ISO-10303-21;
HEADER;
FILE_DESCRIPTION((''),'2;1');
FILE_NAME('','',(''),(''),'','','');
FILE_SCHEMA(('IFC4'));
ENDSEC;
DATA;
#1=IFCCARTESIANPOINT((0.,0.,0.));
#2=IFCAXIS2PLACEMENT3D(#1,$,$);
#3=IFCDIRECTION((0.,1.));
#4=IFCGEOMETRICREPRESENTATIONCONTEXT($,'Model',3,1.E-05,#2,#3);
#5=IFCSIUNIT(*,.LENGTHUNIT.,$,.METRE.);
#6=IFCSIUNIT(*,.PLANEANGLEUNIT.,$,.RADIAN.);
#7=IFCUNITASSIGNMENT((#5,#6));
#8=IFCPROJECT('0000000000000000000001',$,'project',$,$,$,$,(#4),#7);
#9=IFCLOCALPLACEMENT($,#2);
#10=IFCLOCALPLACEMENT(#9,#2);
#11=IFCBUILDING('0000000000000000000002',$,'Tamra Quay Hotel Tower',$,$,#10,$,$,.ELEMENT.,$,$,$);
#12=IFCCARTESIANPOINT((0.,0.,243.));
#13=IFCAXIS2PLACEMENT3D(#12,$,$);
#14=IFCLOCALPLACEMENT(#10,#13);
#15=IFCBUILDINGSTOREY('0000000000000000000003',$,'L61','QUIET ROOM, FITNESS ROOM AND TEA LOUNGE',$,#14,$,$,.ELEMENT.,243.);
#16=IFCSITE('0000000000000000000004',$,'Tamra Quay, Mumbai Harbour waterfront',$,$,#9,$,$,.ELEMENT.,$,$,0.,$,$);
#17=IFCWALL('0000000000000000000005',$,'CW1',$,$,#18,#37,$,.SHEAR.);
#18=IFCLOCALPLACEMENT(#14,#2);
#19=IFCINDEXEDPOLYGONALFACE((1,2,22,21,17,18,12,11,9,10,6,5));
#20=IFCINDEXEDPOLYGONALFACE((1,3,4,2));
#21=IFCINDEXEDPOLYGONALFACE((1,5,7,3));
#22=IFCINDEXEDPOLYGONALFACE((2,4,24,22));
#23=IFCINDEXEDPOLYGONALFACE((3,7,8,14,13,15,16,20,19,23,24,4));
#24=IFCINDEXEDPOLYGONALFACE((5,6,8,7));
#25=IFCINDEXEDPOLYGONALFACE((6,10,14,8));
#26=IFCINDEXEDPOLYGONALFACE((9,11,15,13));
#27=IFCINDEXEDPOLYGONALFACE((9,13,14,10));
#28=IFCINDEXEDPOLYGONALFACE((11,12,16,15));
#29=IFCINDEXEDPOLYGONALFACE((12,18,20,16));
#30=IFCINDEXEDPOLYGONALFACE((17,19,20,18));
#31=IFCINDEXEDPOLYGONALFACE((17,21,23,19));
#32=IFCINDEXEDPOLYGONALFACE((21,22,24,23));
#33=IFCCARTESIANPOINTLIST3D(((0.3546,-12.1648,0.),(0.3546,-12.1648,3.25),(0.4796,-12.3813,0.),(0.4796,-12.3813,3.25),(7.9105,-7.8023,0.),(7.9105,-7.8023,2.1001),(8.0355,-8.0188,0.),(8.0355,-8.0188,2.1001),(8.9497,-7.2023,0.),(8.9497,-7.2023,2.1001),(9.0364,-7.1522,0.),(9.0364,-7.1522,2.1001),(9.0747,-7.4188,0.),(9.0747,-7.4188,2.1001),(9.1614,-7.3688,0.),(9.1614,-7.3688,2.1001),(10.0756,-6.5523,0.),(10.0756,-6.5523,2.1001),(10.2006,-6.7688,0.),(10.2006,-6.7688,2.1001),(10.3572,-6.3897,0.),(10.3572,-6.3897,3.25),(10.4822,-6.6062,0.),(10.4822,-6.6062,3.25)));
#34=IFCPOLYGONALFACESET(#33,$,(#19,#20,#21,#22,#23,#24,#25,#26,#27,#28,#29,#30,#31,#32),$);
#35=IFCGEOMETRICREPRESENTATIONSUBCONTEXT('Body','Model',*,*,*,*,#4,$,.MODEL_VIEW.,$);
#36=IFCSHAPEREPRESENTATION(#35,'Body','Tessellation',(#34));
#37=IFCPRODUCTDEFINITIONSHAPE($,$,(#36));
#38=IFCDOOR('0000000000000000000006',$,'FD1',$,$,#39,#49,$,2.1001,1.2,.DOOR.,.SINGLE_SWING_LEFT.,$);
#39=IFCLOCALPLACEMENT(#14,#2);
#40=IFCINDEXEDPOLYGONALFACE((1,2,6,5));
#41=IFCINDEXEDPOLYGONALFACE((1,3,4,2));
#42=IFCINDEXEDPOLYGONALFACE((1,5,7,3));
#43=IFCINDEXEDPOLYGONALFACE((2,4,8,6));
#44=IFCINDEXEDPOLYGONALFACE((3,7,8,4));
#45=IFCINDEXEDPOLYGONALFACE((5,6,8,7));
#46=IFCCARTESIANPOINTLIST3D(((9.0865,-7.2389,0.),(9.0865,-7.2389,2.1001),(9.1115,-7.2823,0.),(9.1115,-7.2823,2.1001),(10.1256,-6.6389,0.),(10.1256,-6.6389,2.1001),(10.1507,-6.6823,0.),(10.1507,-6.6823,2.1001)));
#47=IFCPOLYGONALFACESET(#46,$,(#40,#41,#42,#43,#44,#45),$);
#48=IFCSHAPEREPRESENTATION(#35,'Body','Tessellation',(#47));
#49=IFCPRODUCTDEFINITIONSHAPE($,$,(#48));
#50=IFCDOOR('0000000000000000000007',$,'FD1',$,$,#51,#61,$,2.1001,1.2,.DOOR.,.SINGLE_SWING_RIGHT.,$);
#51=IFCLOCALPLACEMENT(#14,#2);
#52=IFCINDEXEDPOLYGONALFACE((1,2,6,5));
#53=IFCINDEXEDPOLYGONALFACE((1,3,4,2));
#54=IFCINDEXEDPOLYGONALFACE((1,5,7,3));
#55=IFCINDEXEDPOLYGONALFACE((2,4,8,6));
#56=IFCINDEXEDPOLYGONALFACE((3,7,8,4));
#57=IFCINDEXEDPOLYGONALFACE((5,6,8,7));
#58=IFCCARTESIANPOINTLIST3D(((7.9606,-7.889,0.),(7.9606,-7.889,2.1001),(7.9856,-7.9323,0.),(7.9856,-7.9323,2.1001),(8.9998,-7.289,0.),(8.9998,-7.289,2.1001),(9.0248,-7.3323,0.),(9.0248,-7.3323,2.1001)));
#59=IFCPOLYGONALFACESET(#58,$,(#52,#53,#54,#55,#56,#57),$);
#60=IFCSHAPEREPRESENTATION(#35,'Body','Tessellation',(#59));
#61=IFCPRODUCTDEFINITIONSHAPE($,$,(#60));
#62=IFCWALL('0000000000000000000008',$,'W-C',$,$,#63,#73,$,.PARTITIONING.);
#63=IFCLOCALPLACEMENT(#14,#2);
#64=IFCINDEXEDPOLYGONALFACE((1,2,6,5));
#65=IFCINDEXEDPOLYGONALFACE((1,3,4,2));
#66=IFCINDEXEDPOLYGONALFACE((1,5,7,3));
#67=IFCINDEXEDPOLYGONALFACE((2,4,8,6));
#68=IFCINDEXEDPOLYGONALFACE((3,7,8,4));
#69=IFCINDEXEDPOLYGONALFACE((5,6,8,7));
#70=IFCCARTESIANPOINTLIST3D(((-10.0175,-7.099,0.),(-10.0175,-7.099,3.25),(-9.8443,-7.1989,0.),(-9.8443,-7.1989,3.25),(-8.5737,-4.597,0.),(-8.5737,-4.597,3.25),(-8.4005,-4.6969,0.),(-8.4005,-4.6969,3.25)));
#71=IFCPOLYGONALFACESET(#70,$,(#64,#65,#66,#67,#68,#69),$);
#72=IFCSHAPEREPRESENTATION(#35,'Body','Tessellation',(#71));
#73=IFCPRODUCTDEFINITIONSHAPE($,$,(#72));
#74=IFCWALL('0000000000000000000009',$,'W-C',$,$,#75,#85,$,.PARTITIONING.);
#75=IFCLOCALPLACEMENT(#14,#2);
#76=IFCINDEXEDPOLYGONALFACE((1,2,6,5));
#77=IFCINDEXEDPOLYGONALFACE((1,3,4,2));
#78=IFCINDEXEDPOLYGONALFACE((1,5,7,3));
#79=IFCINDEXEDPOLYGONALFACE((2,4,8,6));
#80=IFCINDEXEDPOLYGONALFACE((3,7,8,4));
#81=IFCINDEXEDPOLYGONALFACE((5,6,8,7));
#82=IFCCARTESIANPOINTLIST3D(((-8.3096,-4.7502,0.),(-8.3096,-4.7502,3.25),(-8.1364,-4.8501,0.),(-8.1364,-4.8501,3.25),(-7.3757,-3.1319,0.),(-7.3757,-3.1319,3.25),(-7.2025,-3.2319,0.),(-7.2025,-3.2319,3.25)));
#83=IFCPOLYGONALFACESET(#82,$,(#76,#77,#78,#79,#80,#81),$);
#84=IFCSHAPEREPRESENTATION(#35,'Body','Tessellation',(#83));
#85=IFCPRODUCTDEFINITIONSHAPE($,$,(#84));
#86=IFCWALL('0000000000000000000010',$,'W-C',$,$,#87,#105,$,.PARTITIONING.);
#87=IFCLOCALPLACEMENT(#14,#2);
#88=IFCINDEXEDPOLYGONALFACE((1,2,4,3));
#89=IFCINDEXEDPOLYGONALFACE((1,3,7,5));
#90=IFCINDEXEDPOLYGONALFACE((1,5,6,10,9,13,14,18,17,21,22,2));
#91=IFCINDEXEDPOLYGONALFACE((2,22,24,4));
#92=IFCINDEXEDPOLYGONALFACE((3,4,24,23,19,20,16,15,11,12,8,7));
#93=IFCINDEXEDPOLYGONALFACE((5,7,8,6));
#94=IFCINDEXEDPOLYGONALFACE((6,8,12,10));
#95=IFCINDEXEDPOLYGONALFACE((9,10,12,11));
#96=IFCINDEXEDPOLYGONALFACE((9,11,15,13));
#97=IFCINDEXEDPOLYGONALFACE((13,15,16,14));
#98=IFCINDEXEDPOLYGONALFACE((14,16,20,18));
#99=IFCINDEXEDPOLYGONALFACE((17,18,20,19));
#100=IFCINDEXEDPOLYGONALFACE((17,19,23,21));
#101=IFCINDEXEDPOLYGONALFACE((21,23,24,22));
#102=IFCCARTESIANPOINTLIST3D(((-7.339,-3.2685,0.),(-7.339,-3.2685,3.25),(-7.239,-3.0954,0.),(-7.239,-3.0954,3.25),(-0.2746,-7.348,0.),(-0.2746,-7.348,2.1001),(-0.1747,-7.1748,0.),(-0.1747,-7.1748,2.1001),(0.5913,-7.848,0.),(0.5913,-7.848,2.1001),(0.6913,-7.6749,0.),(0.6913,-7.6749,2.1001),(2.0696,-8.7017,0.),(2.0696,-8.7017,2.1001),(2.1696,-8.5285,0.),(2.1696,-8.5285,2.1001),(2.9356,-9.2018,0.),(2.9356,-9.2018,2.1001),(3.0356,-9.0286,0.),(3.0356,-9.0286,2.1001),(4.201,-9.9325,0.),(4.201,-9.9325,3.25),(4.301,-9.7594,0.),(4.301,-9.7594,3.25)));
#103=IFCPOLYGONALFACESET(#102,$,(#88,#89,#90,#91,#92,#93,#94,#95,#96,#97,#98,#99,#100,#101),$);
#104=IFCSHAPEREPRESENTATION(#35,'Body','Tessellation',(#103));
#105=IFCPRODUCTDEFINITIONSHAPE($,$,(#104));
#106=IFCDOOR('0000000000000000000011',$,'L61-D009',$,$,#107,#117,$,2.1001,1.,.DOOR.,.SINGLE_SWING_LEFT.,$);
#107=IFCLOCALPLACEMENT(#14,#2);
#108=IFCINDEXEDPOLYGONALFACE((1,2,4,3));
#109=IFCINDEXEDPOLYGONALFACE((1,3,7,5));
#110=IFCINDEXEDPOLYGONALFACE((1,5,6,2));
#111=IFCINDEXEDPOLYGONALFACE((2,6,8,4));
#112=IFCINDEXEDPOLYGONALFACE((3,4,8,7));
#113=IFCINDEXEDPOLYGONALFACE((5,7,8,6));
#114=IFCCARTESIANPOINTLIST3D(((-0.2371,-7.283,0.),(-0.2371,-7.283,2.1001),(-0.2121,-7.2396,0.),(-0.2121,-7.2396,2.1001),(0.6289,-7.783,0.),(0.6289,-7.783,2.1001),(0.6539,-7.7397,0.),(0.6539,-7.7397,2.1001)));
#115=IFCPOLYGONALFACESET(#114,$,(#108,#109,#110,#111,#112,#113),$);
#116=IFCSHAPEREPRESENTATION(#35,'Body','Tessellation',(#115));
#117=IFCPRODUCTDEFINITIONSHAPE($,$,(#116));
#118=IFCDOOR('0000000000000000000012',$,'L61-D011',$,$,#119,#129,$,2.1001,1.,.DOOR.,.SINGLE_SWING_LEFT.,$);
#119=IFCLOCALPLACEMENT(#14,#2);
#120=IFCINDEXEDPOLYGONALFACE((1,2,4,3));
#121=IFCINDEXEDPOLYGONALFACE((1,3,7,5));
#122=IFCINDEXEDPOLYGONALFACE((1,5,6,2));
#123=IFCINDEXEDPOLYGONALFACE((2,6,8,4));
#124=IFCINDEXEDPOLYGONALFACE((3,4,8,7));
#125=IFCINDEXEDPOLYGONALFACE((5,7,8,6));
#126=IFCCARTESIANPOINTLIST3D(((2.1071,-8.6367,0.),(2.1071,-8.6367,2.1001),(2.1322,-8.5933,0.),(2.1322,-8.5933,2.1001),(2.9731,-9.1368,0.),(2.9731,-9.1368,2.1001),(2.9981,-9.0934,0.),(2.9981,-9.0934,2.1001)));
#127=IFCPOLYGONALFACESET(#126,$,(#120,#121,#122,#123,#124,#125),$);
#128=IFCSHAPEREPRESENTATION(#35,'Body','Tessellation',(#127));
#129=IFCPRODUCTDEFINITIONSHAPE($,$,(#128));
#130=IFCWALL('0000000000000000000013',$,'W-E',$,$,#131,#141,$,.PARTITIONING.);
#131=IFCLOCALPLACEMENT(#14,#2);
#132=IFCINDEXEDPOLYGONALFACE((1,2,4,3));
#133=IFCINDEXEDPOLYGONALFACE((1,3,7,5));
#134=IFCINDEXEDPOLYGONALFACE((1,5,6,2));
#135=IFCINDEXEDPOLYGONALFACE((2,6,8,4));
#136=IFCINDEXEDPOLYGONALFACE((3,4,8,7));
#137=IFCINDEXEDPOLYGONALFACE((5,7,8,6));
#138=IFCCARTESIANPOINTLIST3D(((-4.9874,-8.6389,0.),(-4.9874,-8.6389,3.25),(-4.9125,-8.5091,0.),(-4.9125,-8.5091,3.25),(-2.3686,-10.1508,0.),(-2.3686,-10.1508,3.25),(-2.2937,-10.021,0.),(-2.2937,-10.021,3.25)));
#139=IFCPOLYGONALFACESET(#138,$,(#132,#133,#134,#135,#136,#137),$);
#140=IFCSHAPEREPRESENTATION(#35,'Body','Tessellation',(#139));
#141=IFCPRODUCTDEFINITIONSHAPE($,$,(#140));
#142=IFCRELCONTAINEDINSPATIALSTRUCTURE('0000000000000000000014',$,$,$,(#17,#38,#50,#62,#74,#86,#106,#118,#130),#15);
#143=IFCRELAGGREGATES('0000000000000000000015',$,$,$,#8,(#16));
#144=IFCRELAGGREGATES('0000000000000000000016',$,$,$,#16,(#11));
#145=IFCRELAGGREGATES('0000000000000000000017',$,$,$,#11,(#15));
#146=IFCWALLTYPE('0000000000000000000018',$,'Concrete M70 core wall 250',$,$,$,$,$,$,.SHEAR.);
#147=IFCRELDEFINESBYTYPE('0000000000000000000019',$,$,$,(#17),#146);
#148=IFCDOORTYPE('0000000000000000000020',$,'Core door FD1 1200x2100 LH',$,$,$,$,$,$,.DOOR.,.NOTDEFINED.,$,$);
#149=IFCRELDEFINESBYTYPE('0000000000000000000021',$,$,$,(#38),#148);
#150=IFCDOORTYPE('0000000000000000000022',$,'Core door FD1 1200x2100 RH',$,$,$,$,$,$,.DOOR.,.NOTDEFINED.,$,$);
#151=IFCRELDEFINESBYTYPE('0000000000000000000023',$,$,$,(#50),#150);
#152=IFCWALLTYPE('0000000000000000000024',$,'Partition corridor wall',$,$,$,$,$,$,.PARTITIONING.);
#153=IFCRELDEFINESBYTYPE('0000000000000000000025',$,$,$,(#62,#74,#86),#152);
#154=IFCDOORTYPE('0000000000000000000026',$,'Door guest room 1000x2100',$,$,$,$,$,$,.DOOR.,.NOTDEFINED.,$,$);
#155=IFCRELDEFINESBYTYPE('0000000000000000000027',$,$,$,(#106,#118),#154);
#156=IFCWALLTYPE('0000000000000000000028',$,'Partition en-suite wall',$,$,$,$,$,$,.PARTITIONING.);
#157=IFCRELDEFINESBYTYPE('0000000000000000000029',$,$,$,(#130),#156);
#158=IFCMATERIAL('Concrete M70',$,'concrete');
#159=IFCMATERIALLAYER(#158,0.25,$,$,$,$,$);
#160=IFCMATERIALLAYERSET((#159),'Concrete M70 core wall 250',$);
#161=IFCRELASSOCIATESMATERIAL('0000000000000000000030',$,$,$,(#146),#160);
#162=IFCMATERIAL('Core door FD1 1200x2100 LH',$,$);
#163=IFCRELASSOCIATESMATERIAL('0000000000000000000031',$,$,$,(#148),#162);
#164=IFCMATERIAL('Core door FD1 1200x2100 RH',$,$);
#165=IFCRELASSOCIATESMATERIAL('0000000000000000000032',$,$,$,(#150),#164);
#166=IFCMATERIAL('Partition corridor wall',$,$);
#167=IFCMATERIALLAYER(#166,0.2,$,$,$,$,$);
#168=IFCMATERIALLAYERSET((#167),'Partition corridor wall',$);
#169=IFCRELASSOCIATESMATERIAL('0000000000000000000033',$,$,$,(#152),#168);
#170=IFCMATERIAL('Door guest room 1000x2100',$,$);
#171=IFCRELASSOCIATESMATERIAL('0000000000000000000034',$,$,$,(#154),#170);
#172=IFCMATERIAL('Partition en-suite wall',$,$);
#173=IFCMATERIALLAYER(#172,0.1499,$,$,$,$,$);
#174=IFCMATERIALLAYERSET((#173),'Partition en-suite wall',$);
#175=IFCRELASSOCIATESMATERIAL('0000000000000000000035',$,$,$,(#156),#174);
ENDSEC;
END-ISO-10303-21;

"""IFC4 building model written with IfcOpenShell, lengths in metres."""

from ifc_helpers import new_model, si_unit, direction, frame, frame_2d, origin, place, context, subcontext, project, spatial, rectangle, extrude, material, layer, layer_set, type_object, element, fill, save


model = new_model("IFC4")

# Units and contexts
model_context = context("Model", 3, precision=1e-05, world=origin(), true_north=direction((0.0, 1.0)))
body_context = subcontext(model_context, "Body", "Model", "MODEL_VIEW")
ifc_project = project(units=[si_unit("LENGTHUNIT", "METRE"), si_unit("PLANEANGLEUNIT", "RADIAN")], contexts=[model_context])

# Site, building, storey
site_placement = place(None, origin())
site = spatial("IfcSite", under=ifc_project, at=site_placement, Name="Tamra Quay, Mumbai Harbour waterfront", CompositionType="ELEMENT", RefElevation=0.0)
building_placement = place(site_placement, origin())
building = spatial("IfcBuilding", under=site, at=building_placement, Name="Tamra Quay Hotel Tower", CompositionType="ELEMENT")
storey_placement = place(building_placement, frame((0.0, 0.0, 243.0)))
storey = spatial("IfcBuildingStorey", under=building, at=storey_placement, Name="L61", Description="QUIET ROOM, FITNESS ROOM AND TEA LOUNGE", CompositionType="ELEMENT", Elevation=243.0)

# Shared definitions
ifc_material_1 = material(Name="Concrete M70", Category="concrete")

# Shared definitions
ifc_layer_1 = layer(ifc_material_1, 0.25)
ifc_layer_set_1 = layer_set([ifc_layer_1], Name="Concrete M70 core wall 250")
wall_type_1 = type_object("IfcWallType", Name="Concrete M70 core wall 250", PredefinedType="SHEAR", material=ifc_layer_set_1)

# Wall, openings, doors
wall_1_placement = place(storey_placement, frame((0.4172, -12.2729, 0.0), z_axis=(0.0, 0.0, 1.0), x_axis=(0.866022, 0.500006, 0.0)))
wall_1 = element("IfcWall", 1, at=wall_1_placement, inside=storey, type_object=wall_type_1, Name="CW1", PredefinedType="SHEAR", context=body_context, shape_type="SweptSolid", body=[
    extrude(rectangle(XDim=11.55, YDim=0.25, at=frame_2d((5.7749, 0.0))), origin(), (0.0, 0.0, 1.0), 3.25),
])
opening_1_placement = place(wall_1_placement, frame((10.0247, 0.0, 0.0)))
opening_1 = element("IfcOpeningElement", 2, at=opening_1_placement, cuts=wall_1, PredefinedType="OPENING", context=body_context, shape_type="SweptSolid", body=[
    extrude(rectangle(XDim=1.2, YDim=2.1001, at=frame_2d((0.6001, 1.05))), frame((0.0, 0.135, 0.0), z_axis=(0.0, -1.0, 0.0), x_axis=(1.0, 0.0, 0.0)), (0.0, 0.0, 1.0), 0.27),
])
opening_2_placement = place(wall_1_placement, frame((8.7246, 0.0, 0.0)))
opening_2 = element("IfcOpeningElement", 3, at=opening_2_placement, cuts=wall_1, PredefinedType="OPENING", context=body_context, shape_type="SweptSolid", body=[
    extrude(rectangle(XDim=1.2, YDim=2.1001, at=frame_2d((0.6001, 1.05))), frame((0.0, 0.135, 0.0), z_axis=(0.0, -1.0, 0.0), x_axis=(1.0, 0.0, 0.0)), (0.0, 0.0, 1.0), 0.27),
])
ifc_material_2 = material(Name="Core door FD1 1200x2100 LH")
door_type_1 = type_object("IfcDoorType", Name="Core door FD1 1200x2100 LH", OperationType="NOTDEFINED", PredefinedType="DOOR", material=ifc_material_2)
door_1_placement = place(opening_1_placement, origin())
door_1 = element("IfcDoor", 4, at=door_1_placement, inside=storey, type_object=door_type_1, Name="FD1", OperationType="SINGLE_SWING_LEFT", OverallHeight=2.1001, OverallWidth=1.2, PredefinedType="DOOR", context=body_context, shape_type="SweptSolid", body=[
    extrude(rectangle(XDim=1.2, YDim=2.1001, at=frame_2d((0.6001, 1.05))), frame((0.0, 0.0249, 0.0), z_axis=(0.0, -1.0, 0.0), x_axis=(1.0, 0.0, 0.0)), (0.0, 0.0, 1.0), 0.05),
])
fill(opening_1, door_1)
ifc_material_3 = material(Name="Core door FD1 1200x2100 RH")
door_type_2 = type_object("IfcDoorType", Name="Core door FD1 1200x2100 RH", OperationType="NOTDEFINED", PredefinedType="DOOR", material=ifc_material_3)
door_2_placement = place(opening_2_placement, origin())
door_2 = element("IfcDoor", 5, at=door_2_placement, inside=storey, type_object=door_type_2, Name="FD1", OperationType="SINGLE_SWING_RIGHT", OverallHeight=2.1001, OverallWidth=1.2, PredefinedType="DOOR", context=body_context, shape_type="SweptSolid", body=[
    extrude(rectangle(XDim=1.2, YDim=2.1001, at=frame_2d((0.6001, 1.05))), frame((0.0, 0.0249, 0.0), z_axis=(0.0, -1.0, 0.0), x_axis=(1.0, 0.0, 0.0)), (0.0, 0.0, 1.0), 0.05),
])
fill(opening_2, door_2)

# Walls
ifc_material_4 = material(Name="Partition corridor wall")
ifc_layer_2 = layer(ifc_material_4, 0.2)
ifc_layer_set_2 = layer_set([ifc_layer_2], Name="Partition corridor wall")
wall_type_2 = type_object("IfcWallType", Name="Partition corridor wall", PredefinedType="PARTITIONING", material=ifc_layer_set_2)
wall_2_placement = place(storey_placement, frame((-9.9309, -7.1489, 0.0), z_axis=(0.0, 0.0, 1.0), x_axis=(0.49983, 0.866124, 0.0)))
element("IfcWall", 6, at=wall_2_placement, inside=storey, type_object=wall_type_2, Name="W-C", PredefinedType="PARTITIONING", context=body_context, shape_type="SweptSolid", body=[
    extrude(rectangle(XDim=2.8887, YDim=0.2, at=frame_2d((1.4443, 0.0))), origin(), (0.0, 0.0, 1.0), 3.25),
])
wall_3_placement = place(storey_placement, frame((-8.2229, -4.8, 0.0), z_axis=(0.0, 0.0, 1.0), x_axis=(0.499836, 0.86612, 0.0)))
element("IfcWall", 7, at=wall_3_placement, inside=storey, type_object=wall_type_2, Name="W-C", PredefinedType="PARTITIONING", context=body_context, shape_type="SweptSolid", body=[
    extrude(rectangle(XDim=1.8684, YDim=0.2, at=frame_2d((0.9341, 0.0))), origin(), (0.0, 0.0, 1.0), 3.25),
])

# Wall, openings, doors
wall_4_placement = place(storey_placement, frame((-7.2891, -3.1819, 0.0), z_axis=(0.0, 0.0, 1.0), x_axis=(0.865979, -0.50008, 0.0)))
wall_4 = element("IfcWall", 8, at=wall_4_placement, inside=storey, type_object=wall_type_2, Name="W-C", PredefinedType="PARTITIONING", context=body_context, shape_type="SweptSolid", body=[
    extrude(rectangle(XDim=13.3259, YDim=0.2, at=frame_2d((6.6631, 0.0))), origin(), (0.0, 0.0, 1.0), 3.25),
])
opening_3_placement = place(wall_4_placement, frame((8.1577, 0.0, 0.0)))
opening_3 = element("IfcOpeningElement", 9, at=opening_3_placement, cuts=wall_4, PredefinedType="OPENING", context=body_context, shape_type="SweptSolid", body=[
    extrude(rectangle(XDim=1.0, YDim=2.1001, at=frame_2d((0.5, 1.05))), frame((0.0, 0.1099, 0.0), z_axis=(0.0, -1.0, 0.0), x_axis=(1.0, 0.0, 0.0)), (0.0, 0.0, 1.0), 0.22),
])
opening_4_placement = place(wall_4_placement, frame((10.8647, 0.0, 0.0)))
opening_4 = element("IfcOpeningElement", 10, at=opening_4_placement, cuts=wall_4, PredefinedType="OPENING", context=body_context, shape_type="SweptSolid", body=[
    extrude(rectangle(XDim=1.0, YDim=2.1001, at=frame_2d((0.5, 1.05))), frame((0.0, 0.1099, 0.0), z_axis=(0.0, -1.0, 0.0), x_axis=(1.0, 0.0, 0.0)), (0.0, 0.0, 1.0), 0.22),
])
ifc_material_5 = material(Name="Door guest room 1000x2100")
door_type_3 = type_object("IfcDoorType", Name="Door guest room 1000x2100", OperationType="NOTDEFINED", PredefinedType="DOOR", material=ifc_material_5)
door_3_placement = place(opening_3_placement, frame((1.0, 0.0, 0.0), z_axis=(0.0, 0.0, 1.0), x_axis=(-1.0, 0.0, 0.0)))
door_3 = element("IfcDoor", 11, at=door_3_placement, inside=storey, type_object=door_type_3, Name="L61-D009", OperationType="SINGLE_SWING_LEFT", OverallHeight=2.1001, OverallWidth=1.0, PredefinedType="DOOR", context=body_context, shape_type="SweptSolid", body=[
    extrude(rectangle(XDim=1.0, YDim=2.1001, at=frame_2d((0.5, 1.05))), frame((0.0, 0.0249, 0.0), z_axis=(0.0, -1.0, 0.0), x_axis=(1.0, 0.0, 0.0)), (0.0, 0.0, 1.0), 0.05),
])
fill(opening_3, door_3)
door_4_placement = place(opening_4_placement, frame((1.0, 0.0, 0.0), z_axis=(0.0, 0.0, 1.0), x_axis=(-1.0, 0.0, 0.0)))
door_4 = element("IfcDoor", 12, at=door_4_placement, inside=storey, type_object=door_type_3, Name="L61-D011", OperationType="SINGLE_SWING_LEFT", OverallHeight=2.1001, OverallWidth=1.0, PredefinedType="DOOR", context=body_context, shape_type="SweptSolid", body=[
    extrude(rectangle(XDim=1.0, YDim=2.1001, at=frame_2d((0.5, 1.05))), frame((0.0, 0.0249, 0.0), z_axis=(0.0, -1.0, 0.0), x_axis=(1.0, 0.0, 0.0)), (0.0, 0.0, 1.0), 0.05),
])
fill(opening_4, door_4)

# Wall
ifc_material_6 = material(Name="Partition en-suite wall")
ifc_layer_3 = layer(ifc_material_6, 0.1499)
ifc_layer_set_3 = layer_set([ifc_layer_3], Name="Partition en-suite wall")
wall_type_3 = type_object("IfcWallType", Name="Partition en-suite wall", PredefinedType="PARTITIONING", material=ifc_layer_set_3)
wall_5_placement = place(storey_placement, frame((-4.95, -8.574, 0.0), z_axis=(0.0, 0.0, 1.0), x_axis=(0.866034, -0.499986, 0.0)))
element("IfcWall", 13, at=wall_5_placement, inside=storey, type_object=wall_type_3, Name="W-E", PredefinedType="PARTITIONING", context=body_context, shape_type="SweptSolid", body=[
    extrude(rectangle(XDim=3.0239, YDim=0.1499, at=frame_2d((1.512, 0.0))), origin(), (0.0, 0.0, 1.0), 3.25),
])

save(model, "model.ifc")
